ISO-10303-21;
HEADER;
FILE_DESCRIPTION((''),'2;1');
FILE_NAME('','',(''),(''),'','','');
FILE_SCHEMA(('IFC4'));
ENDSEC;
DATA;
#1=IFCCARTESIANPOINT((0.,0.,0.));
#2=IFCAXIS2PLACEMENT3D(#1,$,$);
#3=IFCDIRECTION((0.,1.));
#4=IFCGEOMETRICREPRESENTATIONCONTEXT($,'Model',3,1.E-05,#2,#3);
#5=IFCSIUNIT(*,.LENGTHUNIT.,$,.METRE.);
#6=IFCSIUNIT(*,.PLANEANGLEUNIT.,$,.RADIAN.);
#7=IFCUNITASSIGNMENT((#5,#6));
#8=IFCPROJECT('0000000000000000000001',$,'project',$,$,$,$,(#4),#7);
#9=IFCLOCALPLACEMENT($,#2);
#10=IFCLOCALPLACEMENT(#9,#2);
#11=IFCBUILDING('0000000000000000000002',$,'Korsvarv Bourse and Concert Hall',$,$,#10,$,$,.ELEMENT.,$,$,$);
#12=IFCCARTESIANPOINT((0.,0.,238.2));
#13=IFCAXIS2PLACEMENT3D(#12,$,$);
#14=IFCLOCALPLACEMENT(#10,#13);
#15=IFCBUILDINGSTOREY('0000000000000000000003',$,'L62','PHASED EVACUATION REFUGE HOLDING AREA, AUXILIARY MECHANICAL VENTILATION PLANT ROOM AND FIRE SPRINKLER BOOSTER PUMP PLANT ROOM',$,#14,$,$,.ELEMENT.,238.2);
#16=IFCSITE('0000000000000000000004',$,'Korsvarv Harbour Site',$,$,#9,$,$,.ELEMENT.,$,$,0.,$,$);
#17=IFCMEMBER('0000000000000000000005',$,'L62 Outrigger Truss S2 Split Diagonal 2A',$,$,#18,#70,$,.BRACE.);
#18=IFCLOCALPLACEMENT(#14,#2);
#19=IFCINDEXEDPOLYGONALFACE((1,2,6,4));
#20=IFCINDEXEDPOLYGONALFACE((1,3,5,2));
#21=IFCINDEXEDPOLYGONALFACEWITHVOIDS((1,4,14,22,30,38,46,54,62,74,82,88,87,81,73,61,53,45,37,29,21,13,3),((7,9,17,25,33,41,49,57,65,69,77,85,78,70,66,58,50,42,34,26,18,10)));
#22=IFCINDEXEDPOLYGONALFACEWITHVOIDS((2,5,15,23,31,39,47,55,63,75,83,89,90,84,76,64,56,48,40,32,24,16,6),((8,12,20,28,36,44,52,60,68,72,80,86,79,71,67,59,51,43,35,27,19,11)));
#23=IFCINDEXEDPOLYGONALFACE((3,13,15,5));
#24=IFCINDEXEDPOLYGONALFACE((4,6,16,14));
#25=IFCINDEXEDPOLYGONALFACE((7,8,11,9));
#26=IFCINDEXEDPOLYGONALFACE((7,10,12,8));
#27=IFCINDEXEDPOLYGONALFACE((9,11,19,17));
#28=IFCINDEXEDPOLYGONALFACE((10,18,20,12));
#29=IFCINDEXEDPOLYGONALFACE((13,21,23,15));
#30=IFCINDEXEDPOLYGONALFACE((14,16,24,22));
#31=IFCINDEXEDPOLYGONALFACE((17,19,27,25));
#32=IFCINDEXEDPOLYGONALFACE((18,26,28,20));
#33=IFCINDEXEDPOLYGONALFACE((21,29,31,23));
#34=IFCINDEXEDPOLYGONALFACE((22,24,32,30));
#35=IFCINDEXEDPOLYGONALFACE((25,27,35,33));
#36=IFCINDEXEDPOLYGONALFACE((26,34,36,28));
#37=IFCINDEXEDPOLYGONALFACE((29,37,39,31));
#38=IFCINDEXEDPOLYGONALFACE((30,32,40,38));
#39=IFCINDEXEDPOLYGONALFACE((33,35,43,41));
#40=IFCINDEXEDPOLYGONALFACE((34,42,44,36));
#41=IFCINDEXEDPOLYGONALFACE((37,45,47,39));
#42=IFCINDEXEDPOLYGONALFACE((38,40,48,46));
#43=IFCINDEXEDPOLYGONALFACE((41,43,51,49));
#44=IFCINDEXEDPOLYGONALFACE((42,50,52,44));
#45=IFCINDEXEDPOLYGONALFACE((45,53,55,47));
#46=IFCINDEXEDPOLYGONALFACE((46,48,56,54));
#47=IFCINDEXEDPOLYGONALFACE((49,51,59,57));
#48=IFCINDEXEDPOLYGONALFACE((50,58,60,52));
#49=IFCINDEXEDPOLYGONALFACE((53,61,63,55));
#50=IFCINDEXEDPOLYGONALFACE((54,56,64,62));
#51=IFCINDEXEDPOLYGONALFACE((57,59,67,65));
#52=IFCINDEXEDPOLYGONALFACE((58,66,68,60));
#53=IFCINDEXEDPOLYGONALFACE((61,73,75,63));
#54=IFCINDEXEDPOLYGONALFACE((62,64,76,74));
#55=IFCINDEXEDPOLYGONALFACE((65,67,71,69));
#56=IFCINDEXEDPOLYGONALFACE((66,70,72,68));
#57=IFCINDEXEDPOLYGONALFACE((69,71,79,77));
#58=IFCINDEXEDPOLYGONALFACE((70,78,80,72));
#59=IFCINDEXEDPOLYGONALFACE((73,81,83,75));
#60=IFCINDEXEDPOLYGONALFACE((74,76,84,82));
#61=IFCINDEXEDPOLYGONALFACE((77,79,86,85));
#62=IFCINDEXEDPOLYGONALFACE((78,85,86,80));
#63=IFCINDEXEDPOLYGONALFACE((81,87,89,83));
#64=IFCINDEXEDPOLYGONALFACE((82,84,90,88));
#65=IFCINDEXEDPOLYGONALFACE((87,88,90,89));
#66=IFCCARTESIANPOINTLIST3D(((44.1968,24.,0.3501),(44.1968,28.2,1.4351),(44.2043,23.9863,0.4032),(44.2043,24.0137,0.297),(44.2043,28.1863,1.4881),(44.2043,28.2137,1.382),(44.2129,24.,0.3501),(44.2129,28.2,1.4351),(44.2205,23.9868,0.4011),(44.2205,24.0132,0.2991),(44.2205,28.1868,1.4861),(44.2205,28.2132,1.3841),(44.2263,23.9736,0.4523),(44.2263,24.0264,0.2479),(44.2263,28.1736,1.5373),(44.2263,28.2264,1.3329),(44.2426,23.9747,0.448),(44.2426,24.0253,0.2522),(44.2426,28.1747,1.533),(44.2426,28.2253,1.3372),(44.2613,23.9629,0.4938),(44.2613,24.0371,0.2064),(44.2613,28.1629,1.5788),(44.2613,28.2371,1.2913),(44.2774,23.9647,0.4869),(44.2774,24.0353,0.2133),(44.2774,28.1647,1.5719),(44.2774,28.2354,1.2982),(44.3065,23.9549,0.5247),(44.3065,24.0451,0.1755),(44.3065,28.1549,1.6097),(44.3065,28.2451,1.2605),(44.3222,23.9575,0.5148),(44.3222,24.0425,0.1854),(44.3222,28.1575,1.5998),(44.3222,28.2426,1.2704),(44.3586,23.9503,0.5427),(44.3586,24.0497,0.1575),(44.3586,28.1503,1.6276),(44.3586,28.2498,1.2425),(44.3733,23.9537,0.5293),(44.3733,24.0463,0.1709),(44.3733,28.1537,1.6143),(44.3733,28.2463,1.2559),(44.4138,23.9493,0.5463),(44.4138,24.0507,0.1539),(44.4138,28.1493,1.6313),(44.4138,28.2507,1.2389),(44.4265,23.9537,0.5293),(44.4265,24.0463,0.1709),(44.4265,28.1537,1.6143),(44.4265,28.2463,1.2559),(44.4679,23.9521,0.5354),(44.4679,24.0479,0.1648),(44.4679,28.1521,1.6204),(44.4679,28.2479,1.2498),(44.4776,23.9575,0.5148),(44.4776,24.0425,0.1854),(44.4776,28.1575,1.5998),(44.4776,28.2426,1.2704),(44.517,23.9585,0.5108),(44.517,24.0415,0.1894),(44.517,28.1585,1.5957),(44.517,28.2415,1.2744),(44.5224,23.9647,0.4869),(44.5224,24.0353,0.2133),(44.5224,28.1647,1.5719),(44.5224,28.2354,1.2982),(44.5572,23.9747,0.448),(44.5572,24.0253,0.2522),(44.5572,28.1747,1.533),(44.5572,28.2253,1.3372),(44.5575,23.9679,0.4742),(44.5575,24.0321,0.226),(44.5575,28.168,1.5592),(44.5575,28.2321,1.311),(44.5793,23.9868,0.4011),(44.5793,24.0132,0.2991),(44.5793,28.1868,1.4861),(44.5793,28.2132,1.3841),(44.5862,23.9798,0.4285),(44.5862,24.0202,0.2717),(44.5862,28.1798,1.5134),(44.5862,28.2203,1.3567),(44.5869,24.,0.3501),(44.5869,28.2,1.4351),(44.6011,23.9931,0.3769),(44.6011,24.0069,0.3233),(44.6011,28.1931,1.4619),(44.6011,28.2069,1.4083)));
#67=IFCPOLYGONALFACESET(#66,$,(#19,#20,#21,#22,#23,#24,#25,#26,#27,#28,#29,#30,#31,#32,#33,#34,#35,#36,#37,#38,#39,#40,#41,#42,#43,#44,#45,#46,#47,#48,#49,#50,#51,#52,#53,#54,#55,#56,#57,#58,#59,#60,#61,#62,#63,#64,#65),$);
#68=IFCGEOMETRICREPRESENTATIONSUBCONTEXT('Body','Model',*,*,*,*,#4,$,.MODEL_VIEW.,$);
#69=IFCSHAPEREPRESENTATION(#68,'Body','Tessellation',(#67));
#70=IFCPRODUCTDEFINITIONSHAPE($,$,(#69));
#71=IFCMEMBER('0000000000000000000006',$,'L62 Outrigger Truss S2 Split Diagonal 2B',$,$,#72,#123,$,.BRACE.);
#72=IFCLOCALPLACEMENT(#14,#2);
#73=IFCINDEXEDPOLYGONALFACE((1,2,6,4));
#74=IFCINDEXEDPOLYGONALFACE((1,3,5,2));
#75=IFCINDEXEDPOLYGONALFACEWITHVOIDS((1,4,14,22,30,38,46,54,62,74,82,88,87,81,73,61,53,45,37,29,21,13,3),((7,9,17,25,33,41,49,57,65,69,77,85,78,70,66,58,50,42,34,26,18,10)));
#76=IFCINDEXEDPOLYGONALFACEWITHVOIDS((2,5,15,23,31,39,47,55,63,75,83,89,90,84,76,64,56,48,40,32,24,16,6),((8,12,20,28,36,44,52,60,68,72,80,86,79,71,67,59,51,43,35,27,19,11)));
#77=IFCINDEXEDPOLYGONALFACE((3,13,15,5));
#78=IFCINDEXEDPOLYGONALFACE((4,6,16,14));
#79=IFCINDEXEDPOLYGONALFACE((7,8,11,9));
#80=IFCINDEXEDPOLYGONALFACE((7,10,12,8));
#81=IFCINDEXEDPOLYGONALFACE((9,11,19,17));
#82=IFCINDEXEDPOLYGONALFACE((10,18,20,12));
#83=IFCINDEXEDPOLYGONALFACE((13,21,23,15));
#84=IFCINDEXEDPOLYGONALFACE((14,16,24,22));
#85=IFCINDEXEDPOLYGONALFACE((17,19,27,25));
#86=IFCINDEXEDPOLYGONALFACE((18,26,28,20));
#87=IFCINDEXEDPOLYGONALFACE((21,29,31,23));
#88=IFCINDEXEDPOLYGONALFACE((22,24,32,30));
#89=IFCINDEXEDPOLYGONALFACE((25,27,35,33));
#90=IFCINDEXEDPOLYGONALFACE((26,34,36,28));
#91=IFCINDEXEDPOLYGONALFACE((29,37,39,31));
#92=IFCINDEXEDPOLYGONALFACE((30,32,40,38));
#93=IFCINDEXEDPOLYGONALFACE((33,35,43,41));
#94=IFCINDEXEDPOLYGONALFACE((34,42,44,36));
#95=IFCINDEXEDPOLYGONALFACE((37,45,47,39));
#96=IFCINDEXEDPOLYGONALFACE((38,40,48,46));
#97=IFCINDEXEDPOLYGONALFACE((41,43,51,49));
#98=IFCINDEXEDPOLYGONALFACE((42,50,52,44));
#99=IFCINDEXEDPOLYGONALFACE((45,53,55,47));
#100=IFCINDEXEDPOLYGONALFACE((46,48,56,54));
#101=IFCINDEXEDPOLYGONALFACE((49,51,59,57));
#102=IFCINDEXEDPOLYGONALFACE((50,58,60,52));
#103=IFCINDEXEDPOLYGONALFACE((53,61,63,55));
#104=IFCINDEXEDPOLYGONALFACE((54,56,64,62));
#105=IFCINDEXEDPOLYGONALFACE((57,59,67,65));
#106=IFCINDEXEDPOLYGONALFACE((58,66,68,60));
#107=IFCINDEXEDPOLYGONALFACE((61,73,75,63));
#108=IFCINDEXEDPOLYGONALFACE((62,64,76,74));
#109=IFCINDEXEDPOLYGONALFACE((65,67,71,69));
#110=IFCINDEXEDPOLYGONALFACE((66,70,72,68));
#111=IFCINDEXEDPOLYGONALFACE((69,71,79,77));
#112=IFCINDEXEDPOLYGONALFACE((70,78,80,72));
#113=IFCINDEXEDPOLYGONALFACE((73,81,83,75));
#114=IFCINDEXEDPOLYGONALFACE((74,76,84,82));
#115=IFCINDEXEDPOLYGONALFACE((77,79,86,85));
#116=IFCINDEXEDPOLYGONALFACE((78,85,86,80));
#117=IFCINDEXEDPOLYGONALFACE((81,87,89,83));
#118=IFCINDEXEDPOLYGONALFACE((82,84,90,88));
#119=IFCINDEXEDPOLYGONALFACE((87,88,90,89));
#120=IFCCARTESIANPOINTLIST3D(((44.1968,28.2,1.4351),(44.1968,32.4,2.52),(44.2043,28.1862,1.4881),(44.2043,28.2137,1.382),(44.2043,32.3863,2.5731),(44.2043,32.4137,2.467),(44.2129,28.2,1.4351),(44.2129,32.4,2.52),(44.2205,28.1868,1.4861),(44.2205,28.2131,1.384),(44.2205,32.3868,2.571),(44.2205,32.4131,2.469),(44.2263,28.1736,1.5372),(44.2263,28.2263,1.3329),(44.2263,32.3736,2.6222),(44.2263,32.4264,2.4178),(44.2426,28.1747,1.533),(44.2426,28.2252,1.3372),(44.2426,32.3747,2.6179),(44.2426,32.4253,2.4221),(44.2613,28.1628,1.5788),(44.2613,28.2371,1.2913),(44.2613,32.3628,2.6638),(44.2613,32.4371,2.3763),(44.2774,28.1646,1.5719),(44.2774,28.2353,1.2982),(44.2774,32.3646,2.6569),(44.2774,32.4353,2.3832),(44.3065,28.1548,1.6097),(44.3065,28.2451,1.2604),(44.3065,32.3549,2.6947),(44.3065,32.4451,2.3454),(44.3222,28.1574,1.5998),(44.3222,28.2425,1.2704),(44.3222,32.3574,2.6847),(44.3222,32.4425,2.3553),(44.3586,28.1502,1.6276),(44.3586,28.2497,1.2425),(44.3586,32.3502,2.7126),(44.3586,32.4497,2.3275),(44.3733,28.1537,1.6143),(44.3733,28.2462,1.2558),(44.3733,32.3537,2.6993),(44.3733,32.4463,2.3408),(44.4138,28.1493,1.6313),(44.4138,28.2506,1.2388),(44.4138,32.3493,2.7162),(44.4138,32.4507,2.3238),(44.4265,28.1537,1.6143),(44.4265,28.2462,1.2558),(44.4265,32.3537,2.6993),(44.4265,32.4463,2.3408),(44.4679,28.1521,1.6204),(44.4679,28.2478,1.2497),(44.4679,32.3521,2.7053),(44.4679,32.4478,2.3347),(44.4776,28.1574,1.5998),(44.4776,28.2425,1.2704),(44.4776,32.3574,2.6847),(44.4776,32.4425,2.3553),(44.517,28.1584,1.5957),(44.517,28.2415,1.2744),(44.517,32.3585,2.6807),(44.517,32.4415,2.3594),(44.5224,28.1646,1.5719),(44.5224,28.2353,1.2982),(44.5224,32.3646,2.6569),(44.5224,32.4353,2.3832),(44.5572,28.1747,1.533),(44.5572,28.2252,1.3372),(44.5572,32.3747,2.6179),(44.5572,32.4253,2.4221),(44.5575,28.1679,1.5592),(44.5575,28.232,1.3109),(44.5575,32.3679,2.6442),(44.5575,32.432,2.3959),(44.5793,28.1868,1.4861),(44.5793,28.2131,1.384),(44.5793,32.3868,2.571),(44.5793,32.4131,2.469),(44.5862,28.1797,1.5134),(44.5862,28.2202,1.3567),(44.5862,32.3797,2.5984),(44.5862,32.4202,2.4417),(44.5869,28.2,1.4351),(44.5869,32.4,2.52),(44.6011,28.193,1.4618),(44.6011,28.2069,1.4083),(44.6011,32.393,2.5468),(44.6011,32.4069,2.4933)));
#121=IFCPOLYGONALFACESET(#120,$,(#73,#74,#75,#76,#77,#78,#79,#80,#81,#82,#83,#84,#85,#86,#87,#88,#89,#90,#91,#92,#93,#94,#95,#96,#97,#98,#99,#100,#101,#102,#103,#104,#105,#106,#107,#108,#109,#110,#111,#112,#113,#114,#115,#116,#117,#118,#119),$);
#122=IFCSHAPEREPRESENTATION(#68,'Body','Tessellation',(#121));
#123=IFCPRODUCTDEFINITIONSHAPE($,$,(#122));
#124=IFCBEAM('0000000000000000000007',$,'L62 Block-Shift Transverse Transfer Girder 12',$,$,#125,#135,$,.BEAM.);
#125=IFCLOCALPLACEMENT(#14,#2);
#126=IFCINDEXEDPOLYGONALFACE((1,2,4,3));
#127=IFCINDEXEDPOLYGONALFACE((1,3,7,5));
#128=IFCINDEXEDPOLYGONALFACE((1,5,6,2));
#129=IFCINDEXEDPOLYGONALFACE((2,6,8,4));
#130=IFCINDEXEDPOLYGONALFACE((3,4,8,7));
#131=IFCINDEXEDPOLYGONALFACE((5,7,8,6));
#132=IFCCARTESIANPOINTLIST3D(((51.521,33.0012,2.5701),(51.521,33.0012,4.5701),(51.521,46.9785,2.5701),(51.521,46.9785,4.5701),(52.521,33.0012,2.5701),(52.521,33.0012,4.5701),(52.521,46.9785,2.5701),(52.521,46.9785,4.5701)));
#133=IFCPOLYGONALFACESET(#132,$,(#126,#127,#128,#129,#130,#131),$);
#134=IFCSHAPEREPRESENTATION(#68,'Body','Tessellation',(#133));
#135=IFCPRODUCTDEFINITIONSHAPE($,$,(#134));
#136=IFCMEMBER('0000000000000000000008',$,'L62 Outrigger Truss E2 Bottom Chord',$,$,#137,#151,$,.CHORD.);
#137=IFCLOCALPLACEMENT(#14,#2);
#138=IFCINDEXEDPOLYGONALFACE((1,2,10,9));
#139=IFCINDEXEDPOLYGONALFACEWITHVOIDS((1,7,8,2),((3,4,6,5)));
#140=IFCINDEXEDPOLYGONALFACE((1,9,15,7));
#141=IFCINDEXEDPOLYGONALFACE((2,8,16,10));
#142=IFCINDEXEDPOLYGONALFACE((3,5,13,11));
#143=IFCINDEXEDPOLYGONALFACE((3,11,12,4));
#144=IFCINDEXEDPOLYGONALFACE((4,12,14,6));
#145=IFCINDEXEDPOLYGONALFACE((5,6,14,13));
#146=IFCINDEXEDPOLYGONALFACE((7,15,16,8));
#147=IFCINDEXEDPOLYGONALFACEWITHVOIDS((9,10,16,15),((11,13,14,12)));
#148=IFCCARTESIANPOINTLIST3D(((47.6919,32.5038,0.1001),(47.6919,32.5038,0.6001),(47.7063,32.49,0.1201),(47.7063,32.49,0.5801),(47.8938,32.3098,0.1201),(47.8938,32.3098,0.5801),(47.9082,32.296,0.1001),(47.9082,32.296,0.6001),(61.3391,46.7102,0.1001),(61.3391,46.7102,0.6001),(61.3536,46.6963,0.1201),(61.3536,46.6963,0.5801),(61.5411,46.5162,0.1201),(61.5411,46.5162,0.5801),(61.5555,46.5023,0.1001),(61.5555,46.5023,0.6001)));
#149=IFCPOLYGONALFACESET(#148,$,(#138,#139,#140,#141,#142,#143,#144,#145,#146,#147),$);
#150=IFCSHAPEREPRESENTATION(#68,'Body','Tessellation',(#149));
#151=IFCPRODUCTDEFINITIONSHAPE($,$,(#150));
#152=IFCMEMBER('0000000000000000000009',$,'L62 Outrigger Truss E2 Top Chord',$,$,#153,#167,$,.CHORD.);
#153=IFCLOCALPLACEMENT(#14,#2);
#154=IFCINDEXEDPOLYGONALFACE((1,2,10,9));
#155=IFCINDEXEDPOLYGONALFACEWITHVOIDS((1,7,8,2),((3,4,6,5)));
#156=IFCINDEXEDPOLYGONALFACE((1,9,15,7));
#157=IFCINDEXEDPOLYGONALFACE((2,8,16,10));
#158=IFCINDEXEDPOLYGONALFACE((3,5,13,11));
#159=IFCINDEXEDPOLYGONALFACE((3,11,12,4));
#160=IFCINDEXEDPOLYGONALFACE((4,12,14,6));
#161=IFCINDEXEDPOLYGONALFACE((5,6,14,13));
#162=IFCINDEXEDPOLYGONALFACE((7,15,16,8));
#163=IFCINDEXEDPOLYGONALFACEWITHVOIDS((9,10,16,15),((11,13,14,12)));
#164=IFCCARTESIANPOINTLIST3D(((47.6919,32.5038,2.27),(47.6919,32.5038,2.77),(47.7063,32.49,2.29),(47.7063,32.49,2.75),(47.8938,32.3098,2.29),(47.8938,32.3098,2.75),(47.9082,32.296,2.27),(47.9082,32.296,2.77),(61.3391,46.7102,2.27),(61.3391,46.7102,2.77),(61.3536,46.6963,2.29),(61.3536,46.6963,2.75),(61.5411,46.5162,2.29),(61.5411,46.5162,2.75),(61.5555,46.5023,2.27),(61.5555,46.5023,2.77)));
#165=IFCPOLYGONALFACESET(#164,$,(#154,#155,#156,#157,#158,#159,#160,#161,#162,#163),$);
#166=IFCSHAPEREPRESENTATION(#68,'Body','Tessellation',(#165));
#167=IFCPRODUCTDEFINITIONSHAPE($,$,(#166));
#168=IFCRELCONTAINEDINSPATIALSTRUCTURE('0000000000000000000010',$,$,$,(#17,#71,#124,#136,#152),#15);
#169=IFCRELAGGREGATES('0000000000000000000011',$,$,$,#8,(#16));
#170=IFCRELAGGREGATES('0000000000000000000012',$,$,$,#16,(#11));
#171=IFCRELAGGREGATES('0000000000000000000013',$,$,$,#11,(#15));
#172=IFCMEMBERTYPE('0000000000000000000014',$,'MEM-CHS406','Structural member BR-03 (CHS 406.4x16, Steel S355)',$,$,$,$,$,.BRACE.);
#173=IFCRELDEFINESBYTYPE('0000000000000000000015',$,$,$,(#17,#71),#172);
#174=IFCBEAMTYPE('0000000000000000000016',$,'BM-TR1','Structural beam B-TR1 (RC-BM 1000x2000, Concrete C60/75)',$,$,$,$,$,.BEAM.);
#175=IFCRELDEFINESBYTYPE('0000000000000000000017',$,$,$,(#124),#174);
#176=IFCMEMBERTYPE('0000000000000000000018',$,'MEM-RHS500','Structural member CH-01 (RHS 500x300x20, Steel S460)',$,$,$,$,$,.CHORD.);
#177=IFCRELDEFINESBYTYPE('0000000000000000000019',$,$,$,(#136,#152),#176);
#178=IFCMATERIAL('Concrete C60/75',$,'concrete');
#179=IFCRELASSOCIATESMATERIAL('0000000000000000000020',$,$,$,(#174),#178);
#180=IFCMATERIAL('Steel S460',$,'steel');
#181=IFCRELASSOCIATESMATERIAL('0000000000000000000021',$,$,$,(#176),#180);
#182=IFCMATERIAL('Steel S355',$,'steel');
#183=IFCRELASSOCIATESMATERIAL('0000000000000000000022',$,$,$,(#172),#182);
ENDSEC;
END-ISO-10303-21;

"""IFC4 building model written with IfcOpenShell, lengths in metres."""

from ifc_helpers import new_model, si_unit, direction, frame, origin, origin_2d, place, context, subcontext, project, spatial, rectangle, hollow_rectangle, hollow_circle, extrude, source, transform, mapped, material, material_profile, profile_set, type_object, element, save


model = new_model("IFC4")

# Units and contexts
model_context = context("Model", 3, precision=1e-05, world=origin(), true_north=direction((0.0, 1.0)))
body_context = subcontext(model_context, "Body", "Model", "MODEL_VIEW")
ifc_project = project(units=[si_unit("LENGTHUNIT", "METRE"), si_unit("PLANEANGLEUNIT", "RADIAN")], contexts=[model_context])

# Site, building, storey
site_placement = place(None, origin())
site = spatial("IfcSite", under=ifc_project, at=site_placement, Name="Korsvarv Harbour Site", CompositionType="ELEMENT", RefElevation=0.0)
building_placement = place(site_placement, origin())
building = spatial("IfcBuilding", under=site, at=building_placement, Name="Korsvarv Bourse and Concert Hall", CompositionType="ELEMENT")
storey_placement = place(building_placement, frame((0.0, 0.0, 238.2)))
storey = spatial("IfcBuildingStorey", under=building, at=storey_placement, Name="L62", Description="PHASED EVACUATION REFUGE HOLDING AREA, AUXILIARY MECHANICAL VENTILATION PLANT ROOM AND FIRE SPRINKLER BOOSTER PUMP PLANT ROOM", CompositionType="ELEMENT", Elevation=238.2)

# Shared definitions
ifc_material_1 = material(Name="Concrete C60/75", Category="concrete")
ifc_material_profile_1 = material_profile(ifc_material_1, rectangle(XDim=1.0, YDim=2.0, at=origin_2d()), Name="RC-BM 1000x2000")
ifc_profile_set_1 = profile_set([ifc_material_profile_1], Name="Concrete C60/75")
beam_type = type_object("IfcBeamType", Name="BM-TR1", Description="Structural beam B-TR1 (RC-BM 1000x2000, Concrete C60/75)", PredefinedType="BEAM", material=ifc_profile_set_1)

# Members
ifc_material_2 = material(Name="Steel S460", Category="steel")
ifc_material_profile_2 = material_profile(ifc_material_2, hollow_rectangle(XDim=0.3, YDim=0.5, WallThickness=0.02, at=origin_2d()), Name="RHS 500x300x20")
ifc_profile_set_2 = profile_set([ifc_material_profile_2], Name="Steel S460")
member_type_1 = type_object("IfcMemberType", Name="MEM-RHS500", Description="Structural member CH-01 (RHS 500x300x20, Steel S460)", PredefinedType="CHORD", material=ifc_profile_set_2)
ifc_material_3 = material(Name="Steel S355", Category="steel")
ifc_material_profile_3 = material_profile(ifc_material_3, hollow_circle(Radius=0.2031, WallThickness=0.0161, at=origin_2d()), Name="CHS 406.4x16")
ifc_profile_set_3 = profile_set([ifc_material_profile_3], Name="Steel S355")
member_type_2 = type_object("IfcMemberType", Name="MEM-CHS406", Description="Structural member BR-03 (CHS 406.4x16, Steel S355)", PredefinedType="BRACE", material=ifc_profile_set_3)
shared_shape_1 = source(origin(), body_context, "Body", "SweptSolid", [
    extrude(hollow_circle(Radius=0.2031, WallThickness=0.0161, at=origin_2d()), origin(), (0.0, 0.0, 1.0), 4.3379),
])
for number, where, z_axis, x_axis, name in (
    (1, (44.3999, 24.0, 0.3501), (0.0, 0.968216, 0.250116), (-1.0, 0.0, 0.0), "L62 Outrigger Truss S2 Split Diagonal 2A"),
    (2, (44.3999, 28.2, 1.4351), (0.0, 0.968216, 0.250116), (-1.0, 0.0, 0.0), "L62 Outrigger Truss S2 Split Diagonal 2B"),
):
    element("IfcMember", number, at=place(storey_placement, frame(where, z_axis=z_axis, x_axis=x_axis)), inside=storey, type_object=member_type_2, Name=name, PredefinedType="BRACE", context=body_context, shape_type="MappedRepresentation", body=[
        mapped(shared_shape_1, transform((0.0, 0.0, 0.0), scale=1.0)),
    ])

# Beam
shared_shape_2 = source(origin(), body_context, "Body", "SweptSolid", [
    extrude(rectangle(XDim=1.0, YDim=2.0, at=origin_2d()), origin(), (0.0, 0.0, 1.0), 13.9773),
])
beam_1_placement = place(storey_placement, frame((52.021, 33.0012, 3.5701), z_axis=(0.0, 1.0, 0.0), x_axis=(-1.0, 0.0, 0.0)))
element("IfcBeam", 3, at=beam_1_placement, inside=storey, type_object=beam_type, Name="L62 Block-Shift Transverse Transfer Girder 12", PredefinedType="BEAM", context=body_context, shape_type="MappedRepresentation", body=[
    mapped(shared_shape_2, transform((0.0, 0.0, 0.0), scale=1.0)),
])

# Members
shared_shape_3 = source(origin(), body_context, "Body", "SweptSolid", [
    extrude(hollow_rectangle(XDim=0.3, YDim=0.5, WallThickness=0.02, at=origin_2d()), origin(), (0.0, 0.0, 1.0), 19.6995),
])
for number, where, z_axis, x_axis, name in (
    (4, (47.8, 32.3999, 0.3501), (0.692774, 0.721155, 0.0), (-0.721155, 0.692774, 0.0), "L62 Outrigger Truss E2 Bottom Chord"),
    (5, (47.8, 32.3999, 2.52), (0.692774, 0.721155, 0.0), (-0.721155, 0.692774, 0.0), "L62 Outrigger Truss E2 Top Chord"),
):
    element("IfcMember", number, at=place(storey_placement, frame(where, z_axis=z_axis, x_axis=x_axis)), inside=storey, type_object=member_type_1, Name=name, PredefinedType="CHORD", context=body_context, shape_type="MappedRepresentation", body=[
        mapped(shared_shape_3, transform((0.0, 0.0, 0.0), scale=1.0)),
    ])

save(model, "model.ifc")
